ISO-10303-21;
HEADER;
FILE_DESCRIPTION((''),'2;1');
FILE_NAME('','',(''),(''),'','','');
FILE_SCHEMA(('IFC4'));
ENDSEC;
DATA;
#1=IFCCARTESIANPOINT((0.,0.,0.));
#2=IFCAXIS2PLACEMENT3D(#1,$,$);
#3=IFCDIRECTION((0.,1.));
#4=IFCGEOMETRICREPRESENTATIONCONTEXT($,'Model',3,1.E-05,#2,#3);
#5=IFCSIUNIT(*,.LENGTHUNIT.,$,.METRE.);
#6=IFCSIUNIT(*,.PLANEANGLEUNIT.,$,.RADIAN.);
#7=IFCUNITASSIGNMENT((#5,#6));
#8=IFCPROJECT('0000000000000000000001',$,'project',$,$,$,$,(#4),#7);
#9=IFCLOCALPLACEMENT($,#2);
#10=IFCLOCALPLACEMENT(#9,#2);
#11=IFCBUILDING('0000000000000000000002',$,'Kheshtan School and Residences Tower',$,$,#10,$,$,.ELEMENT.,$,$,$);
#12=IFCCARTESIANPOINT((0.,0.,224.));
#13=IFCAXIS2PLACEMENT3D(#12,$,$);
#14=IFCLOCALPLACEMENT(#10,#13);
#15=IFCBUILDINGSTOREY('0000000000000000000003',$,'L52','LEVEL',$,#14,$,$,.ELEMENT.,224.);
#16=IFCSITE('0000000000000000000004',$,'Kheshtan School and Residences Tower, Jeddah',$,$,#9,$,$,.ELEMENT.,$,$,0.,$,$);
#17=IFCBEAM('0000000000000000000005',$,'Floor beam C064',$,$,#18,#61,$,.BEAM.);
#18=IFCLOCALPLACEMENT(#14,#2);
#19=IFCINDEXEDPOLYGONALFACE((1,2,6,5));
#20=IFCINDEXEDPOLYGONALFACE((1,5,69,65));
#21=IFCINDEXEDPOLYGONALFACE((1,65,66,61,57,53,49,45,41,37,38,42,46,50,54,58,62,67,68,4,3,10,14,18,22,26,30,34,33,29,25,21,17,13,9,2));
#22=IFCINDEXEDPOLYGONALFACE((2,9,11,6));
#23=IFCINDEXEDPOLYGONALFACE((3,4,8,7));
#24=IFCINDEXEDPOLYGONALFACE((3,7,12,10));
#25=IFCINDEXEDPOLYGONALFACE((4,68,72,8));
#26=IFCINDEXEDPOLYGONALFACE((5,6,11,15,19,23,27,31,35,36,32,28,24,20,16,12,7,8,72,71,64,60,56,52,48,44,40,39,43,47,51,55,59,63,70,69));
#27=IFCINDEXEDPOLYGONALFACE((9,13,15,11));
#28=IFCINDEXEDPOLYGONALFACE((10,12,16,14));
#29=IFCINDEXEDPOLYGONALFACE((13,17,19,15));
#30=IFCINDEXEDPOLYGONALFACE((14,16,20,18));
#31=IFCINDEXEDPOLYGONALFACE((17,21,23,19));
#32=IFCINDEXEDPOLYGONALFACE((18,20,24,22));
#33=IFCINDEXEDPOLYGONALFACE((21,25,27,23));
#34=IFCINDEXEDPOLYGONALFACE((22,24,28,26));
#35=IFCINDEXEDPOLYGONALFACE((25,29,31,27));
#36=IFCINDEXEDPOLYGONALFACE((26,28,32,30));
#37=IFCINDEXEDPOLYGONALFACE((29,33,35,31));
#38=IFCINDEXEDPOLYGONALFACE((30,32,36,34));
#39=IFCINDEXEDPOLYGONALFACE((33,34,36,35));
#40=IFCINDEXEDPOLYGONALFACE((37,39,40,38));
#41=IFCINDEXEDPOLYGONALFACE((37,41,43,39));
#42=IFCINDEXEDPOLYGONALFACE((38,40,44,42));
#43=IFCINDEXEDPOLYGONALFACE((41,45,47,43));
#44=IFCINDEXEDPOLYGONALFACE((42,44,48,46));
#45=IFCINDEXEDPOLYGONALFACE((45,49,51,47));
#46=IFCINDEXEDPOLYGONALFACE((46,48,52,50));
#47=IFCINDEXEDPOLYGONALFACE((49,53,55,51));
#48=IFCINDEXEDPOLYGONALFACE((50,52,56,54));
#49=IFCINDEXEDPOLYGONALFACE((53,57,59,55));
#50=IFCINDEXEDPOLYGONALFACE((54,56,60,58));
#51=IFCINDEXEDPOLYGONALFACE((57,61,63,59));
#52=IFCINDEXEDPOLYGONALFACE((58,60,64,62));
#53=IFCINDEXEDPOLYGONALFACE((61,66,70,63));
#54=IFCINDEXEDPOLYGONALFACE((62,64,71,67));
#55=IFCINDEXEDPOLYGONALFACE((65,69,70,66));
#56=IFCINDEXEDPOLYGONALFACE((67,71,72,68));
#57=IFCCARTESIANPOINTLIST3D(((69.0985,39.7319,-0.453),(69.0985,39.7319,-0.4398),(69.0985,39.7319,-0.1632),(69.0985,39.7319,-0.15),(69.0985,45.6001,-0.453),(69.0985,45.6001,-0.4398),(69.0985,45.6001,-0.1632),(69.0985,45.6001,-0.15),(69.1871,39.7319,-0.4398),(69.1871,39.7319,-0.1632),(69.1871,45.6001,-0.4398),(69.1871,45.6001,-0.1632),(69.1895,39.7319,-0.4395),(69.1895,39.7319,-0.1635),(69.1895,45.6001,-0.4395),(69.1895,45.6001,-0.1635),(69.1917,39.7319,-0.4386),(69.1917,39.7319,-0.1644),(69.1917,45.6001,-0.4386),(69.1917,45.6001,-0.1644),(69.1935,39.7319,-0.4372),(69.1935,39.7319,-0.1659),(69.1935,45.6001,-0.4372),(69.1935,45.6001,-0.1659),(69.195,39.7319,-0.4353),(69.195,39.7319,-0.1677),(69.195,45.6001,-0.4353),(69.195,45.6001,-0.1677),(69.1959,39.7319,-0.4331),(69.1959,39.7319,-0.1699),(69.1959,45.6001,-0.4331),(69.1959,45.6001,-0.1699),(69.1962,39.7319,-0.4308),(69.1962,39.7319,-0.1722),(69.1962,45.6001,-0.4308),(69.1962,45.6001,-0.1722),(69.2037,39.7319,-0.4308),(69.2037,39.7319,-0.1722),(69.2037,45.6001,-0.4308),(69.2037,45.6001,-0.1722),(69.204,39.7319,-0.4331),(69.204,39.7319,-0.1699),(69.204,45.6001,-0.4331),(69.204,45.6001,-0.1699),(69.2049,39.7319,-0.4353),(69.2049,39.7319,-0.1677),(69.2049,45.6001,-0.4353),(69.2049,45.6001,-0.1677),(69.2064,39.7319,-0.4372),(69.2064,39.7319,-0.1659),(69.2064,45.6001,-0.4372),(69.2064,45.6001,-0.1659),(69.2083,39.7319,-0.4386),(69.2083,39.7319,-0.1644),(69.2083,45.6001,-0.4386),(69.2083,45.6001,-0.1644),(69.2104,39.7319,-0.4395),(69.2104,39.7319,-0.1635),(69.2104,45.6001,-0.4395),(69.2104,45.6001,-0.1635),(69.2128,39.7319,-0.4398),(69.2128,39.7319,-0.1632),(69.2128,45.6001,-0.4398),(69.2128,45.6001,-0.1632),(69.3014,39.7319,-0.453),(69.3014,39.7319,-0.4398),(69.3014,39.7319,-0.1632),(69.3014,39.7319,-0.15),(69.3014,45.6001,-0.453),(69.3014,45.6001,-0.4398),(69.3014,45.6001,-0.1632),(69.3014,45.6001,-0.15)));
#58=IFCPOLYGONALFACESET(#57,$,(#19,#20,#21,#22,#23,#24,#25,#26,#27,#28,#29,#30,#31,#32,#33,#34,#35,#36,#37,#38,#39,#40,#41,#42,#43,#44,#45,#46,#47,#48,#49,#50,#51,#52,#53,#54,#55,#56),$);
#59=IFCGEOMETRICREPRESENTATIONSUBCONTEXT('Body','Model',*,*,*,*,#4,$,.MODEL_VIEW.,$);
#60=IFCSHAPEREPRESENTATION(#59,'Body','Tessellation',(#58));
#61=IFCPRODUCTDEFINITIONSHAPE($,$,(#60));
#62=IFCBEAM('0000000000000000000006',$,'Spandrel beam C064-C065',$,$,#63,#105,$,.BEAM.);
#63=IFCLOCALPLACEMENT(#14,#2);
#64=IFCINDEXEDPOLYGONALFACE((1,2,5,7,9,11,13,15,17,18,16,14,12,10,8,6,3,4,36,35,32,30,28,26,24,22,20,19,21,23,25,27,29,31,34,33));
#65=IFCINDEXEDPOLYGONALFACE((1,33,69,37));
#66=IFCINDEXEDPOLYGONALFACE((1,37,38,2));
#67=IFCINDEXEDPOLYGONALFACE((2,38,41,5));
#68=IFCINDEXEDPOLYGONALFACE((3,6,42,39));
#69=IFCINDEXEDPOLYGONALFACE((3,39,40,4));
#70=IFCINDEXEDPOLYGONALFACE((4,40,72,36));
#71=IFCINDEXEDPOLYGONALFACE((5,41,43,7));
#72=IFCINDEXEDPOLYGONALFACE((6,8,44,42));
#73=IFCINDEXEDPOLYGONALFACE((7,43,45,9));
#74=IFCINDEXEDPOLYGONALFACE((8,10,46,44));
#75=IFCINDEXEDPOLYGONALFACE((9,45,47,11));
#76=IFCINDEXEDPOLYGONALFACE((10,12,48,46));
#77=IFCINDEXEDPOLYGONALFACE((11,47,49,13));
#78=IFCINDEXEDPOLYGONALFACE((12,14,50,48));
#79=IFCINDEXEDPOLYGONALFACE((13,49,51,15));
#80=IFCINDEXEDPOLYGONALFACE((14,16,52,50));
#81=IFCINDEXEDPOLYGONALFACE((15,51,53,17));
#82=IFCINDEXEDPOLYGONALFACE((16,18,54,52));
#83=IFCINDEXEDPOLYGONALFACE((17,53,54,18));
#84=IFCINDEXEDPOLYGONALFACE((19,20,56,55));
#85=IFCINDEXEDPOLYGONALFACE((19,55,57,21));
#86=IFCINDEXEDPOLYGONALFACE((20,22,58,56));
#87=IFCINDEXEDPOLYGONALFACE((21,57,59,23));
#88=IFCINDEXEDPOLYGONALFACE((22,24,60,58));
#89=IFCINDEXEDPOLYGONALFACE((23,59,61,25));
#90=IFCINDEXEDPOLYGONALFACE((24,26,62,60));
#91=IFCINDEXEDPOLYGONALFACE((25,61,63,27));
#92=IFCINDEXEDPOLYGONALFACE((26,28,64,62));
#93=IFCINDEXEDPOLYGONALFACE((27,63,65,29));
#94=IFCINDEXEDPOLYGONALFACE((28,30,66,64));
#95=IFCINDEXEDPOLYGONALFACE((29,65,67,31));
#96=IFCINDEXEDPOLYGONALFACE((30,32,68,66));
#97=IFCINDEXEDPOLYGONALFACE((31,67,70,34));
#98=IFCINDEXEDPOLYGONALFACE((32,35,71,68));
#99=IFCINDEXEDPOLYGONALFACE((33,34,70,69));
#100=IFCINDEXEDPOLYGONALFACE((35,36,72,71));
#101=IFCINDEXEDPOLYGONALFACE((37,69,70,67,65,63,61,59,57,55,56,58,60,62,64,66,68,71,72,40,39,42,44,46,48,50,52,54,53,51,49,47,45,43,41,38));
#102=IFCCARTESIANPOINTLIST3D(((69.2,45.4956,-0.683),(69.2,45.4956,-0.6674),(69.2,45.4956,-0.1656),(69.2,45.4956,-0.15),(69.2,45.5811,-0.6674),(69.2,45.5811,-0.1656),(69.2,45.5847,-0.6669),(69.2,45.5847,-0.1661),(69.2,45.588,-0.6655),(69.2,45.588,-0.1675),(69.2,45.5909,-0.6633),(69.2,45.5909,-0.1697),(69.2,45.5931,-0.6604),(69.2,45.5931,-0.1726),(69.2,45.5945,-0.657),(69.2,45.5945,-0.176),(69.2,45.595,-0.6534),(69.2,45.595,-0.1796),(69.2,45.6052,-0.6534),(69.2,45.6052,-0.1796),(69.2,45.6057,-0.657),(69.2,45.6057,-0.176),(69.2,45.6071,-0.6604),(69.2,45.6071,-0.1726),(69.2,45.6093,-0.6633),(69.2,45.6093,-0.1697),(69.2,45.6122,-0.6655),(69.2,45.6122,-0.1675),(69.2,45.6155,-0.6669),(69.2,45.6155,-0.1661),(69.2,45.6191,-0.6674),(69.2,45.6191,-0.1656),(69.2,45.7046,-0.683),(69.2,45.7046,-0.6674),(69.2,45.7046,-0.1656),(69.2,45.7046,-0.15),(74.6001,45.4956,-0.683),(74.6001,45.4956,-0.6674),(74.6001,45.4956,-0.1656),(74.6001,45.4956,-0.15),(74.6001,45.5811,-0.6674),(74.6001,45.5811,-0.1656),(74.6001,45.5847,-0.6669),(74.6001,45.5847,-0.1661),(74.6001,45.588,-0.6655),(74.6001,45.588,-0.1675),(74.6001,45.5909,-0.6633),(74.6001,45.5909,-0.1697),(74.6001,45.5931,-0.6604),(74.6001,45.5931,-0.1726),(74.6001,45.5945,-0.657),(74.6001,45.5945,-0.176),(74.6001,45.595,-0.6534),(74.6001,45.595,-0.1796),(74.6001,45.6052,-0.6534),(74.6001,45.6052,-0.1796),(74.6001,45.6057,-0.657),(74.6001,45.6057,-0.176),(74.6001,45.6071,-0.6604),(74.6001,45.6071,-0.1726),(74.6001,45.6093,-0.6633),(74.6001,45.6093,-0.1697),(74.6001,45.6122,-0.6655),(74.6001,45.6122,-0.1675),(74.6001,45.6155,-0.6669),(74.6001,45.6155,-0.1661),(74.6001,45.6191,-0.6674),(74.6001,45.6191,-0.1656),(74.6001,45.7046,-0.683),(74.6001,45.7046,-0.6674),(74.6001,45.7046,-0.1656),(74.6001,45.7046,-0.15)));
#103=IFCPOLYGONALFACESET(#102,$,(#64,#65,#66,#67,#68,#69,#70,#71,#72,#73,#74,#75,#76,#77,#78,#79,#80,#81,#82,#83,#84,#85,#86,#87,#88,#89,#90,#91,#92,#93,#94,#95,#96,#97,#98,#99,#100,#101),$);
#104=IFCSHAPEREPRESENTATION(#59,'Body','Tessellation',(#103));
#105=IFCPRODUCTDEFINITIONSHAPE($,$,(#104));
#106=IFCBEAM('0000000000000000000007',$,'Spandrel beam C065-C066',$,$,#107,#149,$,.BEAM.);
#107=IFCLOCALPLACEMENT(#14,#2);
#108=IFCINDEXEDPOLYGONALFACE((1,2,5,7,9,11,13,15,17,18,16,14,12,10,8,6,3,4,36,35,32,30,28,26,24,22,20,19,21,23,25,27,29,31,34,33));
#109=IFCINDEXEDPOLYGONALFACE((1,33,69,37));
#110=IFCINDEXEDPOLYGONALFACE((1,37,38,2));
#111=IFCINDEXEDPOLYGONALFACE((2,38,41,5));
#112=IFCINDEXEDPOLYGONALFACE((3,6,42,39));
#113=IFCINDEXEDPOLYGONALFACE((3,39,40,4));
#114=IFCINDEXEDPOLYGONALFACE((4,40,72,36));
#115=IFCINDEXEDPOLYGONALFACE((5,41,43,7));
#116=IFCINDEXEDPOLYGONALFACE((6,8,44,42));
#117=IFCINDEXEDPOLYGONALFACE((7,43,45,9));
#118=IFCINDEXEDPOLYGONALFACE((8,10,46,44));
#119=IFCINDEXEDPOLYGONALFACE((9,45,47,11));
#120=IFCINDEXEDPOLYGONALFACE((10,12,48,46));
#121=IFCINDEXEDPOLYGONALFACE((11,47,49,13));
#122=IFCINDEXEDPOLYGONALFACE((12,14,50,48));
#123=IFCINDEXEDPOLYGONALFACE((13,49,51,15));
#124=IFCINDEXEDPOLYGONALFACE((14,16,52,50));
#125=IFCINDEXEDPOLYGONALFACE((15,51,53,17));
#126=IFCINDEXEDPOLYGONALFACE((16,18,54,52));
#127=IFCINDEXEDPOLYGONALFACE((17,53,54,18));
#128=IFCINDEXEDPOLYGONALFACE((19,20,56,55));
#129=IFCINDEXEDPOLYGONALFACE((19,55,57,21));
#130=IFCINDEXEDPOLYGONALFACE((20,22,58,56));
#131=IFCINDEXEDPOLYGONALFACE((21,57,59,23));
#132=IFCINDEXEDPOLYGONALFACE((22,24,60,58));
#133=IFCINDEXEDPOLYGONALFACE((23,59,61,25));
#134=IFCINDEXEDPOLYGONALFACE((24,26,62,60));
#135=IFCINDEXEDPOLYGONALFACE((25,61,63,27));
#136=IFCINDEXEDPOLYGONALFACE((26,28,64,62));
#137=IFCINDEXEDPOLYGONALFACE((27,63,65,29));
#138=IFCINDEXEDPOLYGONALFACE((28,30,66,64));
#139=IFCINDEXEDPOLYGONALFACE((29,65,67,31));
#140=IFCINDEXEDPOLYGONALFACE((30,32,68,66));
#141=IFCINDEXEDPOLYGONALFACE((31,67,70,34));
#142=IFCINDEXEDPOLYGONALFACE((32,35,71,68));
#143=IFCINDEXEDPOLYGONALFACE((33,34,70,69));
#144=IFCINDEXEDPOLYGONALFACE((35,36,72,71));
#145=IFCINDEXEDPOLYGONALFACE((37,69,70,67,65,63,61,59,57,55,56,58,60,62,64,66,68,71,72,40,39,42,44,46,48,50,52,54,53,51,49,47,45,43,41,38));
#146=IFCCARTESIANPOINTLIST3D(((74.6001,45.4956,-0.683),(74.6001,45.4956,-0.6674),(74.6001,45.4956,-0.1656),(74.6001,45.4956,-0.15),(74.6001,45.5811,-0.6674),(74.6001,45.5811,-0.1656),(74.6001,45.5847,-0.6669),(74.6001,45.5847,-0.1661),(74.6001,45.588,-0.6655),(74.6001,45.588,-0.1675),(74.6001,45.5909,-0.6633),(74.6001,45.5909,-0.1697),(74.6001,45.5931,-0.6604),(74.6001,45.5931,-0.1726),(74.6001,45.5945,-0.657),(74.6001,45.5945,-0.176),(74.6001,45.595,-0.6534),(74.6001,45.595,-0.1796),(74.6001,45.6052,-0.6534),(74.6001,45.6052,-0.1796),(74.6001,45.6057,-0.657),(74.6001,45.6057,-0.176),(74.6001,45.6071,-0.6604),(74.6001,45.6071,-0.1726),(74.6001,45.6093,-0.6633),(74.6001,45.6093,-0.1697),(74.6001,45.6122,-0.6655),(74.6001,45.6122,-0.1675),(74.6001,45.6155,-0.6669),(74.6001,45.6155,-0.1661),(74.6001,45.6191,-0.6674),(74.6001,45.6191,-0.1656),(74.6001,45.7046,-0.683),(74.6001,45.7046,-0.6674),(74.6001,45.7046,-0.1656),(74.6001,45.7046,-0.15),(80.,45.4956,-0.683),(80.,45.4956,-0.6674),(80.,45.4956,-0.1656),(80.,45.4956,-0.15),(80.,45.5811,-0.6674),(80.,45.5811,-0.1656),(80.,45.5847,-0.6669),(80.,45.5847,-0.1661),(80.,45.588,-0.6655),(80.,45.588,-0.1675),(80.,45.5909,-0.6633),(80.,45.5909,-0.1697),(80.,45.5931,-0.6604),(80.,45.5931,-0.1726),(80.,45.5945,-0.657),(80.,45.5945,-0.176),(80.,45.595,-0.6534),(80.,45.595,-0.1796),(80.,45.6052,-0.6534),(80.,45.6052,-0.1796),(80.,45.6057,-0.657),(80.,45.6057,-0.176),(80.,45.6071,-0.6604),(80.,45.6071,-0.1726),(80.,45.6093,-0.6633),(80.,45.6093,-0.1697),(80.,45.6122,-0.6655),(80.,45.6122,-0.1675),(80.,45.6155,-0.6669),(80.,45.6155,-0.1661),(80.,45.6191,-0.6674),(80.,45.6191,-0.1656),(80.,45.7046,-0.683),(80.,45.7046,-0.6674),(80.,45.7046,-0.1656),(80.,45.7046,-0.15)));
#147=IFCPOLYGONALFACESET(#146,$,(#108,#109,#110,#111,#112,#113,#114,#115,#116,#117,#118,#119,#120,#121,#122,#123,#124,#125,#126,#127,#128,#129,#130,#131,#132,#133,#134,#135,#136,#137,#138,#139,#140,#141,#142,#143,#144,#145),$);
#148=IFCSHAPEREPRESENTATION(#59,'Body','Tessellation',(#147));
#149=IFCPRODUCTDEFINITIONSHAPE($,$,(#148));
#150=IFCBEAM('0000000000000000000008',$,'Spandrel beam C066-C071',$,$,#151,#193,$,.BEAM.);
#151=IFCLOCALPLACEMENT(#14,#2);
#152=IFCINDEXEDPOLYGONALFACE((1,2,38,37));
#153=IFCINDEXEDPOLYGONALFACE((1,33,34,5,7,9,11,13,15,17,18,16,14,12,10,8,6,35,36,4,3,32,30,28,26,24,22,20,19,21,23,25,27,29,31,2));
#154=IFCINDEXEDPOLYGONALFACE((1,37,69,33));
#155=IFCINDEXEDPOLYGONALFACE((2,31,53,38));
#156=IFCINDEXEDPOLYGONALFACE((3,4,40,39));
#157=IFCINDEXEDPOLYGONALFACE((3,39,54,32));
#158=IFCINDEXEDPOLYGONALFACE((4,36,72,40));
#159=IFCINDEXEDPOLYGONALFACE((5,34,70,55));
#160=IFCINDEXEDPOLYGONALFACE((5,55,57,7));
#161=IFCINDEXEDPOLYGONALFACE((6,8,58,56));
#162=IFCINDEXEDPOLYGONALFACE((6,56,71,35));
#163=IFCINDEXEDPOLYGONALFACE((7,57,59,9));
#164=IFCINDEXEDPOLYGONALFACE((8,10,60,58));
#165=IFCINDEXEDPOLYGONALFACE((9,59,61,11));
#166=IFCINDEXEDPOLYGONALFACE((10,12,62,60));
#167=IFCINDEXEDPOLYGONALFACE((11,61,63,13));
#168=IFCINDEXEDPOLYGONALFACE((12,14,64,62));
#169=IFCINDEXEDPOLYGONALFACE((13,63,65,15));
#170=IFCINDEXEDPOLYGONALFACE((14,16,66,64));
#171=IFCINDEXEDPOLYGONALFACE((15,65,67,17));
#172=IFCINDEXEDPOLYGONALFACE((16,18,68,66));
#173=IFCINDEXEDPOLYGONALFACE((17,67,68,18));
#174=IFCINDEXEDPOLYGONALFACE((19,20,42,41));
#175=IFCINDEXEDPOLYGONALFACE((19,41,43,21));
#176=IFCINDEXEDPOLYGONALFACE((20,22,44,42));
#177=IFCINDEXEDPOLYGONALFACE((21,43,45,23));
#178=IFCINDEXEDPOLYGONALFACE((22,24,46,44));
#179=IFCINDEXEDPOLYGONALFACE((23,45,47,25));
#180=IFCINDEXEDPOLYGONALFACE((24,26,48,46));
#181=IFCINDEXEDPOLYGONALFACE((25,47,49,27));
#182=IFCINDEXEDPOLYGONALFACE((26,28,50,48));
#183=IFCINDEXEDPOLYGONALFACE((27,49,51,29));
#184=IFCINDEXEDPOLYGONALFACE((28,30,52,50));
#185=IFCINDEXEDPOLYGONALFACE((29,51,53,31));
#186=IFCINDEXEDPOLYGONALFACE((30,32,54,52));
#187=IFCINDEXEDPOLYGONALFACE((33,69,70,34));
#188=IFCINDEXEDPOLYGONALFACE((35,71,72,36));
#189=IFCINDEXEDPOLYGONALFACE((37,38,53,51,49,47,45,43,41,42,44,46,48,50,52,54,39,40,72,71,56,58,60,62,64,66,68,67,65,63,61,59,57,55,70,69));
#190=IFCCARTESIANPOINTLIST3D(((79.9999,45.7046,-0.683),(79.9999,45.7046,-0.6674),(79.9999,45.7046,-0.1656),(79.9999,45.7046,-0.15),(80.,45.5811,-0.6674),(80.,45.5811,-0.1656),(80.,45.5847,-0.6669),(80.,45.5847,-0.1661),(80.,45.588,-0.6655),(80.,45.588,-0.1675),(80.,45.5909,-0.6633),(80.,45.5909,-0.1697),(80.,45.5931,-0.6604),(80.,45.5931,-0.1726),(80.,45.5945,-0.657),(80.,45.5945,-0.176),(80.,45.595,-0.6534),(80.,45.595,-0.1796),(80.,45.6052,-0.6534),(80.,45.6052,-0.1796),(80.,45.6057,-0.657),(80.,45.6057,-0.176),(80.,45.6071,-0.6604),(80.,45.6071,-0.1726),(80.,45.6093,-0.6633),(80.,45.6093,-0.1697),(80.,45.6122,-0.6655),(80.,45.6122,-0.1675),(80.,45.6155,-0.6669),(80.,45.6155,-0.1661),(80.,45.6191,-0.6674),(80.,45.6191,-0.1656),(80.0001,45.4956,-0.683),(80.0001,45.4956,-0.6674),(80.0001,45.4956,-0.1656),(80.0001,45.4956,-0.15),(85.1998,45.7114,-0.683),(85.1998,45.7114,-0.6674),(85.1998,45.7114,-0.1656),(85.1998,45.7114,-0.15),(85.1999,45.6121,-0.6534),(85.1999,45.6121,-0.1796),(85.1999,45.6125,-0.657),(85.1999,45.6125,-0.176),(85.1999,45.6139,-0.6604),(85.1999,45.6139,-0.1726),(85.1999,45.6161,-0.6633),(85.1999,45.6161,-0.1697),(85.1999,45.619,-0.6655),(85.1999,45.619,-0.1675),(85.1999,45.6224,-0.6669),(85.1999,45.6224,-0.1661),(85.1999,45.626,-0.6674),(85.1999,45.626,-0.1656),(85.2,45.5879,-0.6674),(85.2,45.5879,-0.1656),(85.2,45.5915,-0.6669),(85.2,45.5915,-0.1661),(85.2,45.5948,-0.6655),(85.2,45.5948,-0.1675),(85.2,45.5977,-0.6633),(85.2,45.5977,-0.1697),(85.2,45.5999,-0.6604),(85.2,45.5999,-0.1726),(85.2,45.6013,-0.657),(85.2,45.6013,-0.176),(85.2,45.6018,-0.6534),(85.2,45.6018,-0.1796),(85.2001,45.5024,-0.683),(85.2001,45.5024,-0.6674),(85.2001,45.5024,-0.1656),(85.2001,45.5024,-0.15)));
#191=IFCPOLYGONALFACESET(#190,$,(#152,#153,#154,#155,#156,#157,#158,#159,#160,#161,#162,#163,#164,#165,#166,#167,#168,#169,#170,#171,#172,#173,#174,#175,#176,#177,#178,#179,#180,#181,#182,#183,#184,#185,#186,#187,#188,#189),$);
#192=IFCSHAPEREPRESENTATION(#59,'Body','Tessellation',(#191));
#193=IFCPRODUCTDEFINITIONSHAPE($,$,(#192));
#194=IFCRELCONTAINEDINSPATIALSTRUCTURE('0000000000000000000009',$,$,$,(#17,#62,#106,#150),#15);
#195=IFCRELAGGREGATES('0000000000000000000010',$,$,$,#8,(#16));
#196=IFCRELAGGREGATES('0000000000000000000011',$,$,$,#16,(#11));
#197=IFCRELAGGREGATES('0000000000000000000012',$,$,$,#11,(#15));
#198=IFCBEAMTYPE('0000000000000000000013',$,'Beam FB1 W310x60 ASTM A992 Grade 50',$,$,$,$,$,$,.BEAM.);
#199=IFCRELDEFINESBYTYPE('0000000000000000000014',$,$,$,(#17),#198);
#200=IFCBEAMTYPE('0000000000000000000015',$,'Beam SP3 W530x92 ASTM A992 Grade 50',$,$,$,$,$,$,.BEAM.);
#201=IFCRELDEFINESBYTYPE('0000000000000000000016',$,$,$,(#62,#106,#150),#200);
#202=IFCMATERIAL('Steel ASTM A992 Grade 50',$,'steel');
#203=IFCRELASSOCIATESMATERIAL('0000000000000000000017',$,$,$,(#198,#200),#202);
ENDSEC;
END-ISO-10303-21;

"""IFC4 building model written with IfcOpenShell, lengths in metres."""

from ifc_helpers import new_model, si_unit, direction, frame, origin, origin_2d, place, context, subcontext, project, spatial, i_section, extrude, material, material_profile, profile_set, type_object, element, save


model = new_model("IFC4")

# Units and contexts
model_context = context("Model", 3, precision=1e-05, world=origin(), true_north=direction((0.0, 1.0)))
body_context = subcontext(model_context, "Body", "Model", "MODEL_VIEW")
ifc_project = project(units=[si_unit("LENGTHUNIT", "METRE"), si_unit("PLANEANGLEUNIT", "RADIAN")], contexts=[model_context])

# Site, building, storey
site_placement = place(None, origin())
site = spatial("IfcSite", under=ifc_project, at=site_placement, Name="Kheshtan School and Residences Tower, Jeddah", CompositionType="ELEMENT", RefElevation=0.0)
building_placement = place(site_placement, origin())
building = spatial("IfcBuilding", under=site, at=building_placement, Name="Kheshtan School and Residences Tower", CompositionType="ELEMENT")
storey_placement = place(building_placement, frame((0.0, 0.0, 224.0)))
storey = spatial("IfcBuildingStorey", under=building, at=storey_placement, Name="L52", Description="LEVEL", CompositionType="ELEMENT", Elevation=224.0)

# Shared definitions
ifc_material_1 = material(Name="Steel ASTM A992 Grade 50", Category="steel")

# Beams
ifc_material_profile_1 = material_profile(ifc_material_1, i_section(OverallWidth=0.2029, OverallDepth=0.303, WebThickness=0.0076, FlangeThickness=0.0132, FilletRadius=0.009, at=origin_2d()), Name="W310x60")
ifc_profile_set_1 = profile_set([ifc_material_profile_1], Name="Steel ASTM A992 Grade 50")
beam_type_1 = type_object("IfcBeamType", Name="Beam FB1 W310x60 ASTM A992 Grade 50", PredefinedType="BEAM", material=ifc_profile_set_1)
beam_1_placement = place(storey_placement, frame((69.2, 45.6001, -0.3015), z_axis=(0.0, -1.0, 0.0), x_axis=(1.0, 0.0, 0.0)))
element("IfcBeam", 1, at=beam_1_placement, inside=storey, type_object=beam_type_1, Name="Floor beam C064", PredefinedType="BEAM", context=body_context, shape_type="SweptSolid", body=[
    extrude(i_section(OverallWidth=0.2029, OverallDepth=0.303, WebThickness=0.0076, FlangeThickness=0.0132, FilletRadius=0.009, at=origin_2d()), origin(), (0.0, 0.0, 1.0), 5.8682),
])
ifc_material_profile_2 = material_profile(ifc_material_1, i_section(OverallWidth=0.209, OverallDepth=0.533, WebThickness=0.0103, FlangeThickness=0.0156, FilletRadius=0.0139, at=origin_2d()), Name="W530x92")
ifc_profile_set_2 = profile_set([ifc_material_profile_2], Name="Steel ASTM A992 Grade 50")
beam_type_2 = type_object("IfcBeamType", Name="Beam SP3 W530x92 ASTM A992 Grade 50", PredefinedType="BEAM", material=ifc_profile_set_2)
beam_2_placement = place(storey_placement, frame((69.2, 45.6001, -0.4165), z_axis=(1.0, 0.0, 0.0), x_axis=(0.0, 1.0, 0.0)))
element("IfcBeam", 2, at=beam_2_placement, inside=storey, type_object=beam_type_2, Name="Spandrel beam C064-C065", PredefinedType="BEAM", context=body_context, shape_type="SweptSolid", body=[
    extrude(i_section(OverallWidth=0.209, OverallDepth=0.533, WebThickness=0.0103, FlangeThickness=0.0156, FilletRadius=0.0139, at=origin_2d()), origin(), (0.0, 0.0, 1.0), 5.4001),
])
beam_3_placement = place(storey_placement, frame((74.6001, 45.6001, -0.4165), z_axis=(1.0, 0.0, 0.0), x_axis=(0.0, 1.0, 0.0)))
element("IfcBeam", 3, at=beam_3_placement, inside=storey, type_object=beam_type_2, Name="Spandrel beam C065-C066", PredefinedType="BEAM", context=body_context, shape_type="SweptSolid", body=[
    extrude(i_section(OverallWidth=0.209, OverallDepth=0.533, WebThickness=0.0103, FlangeThickness=0.0156, FilletRadius=0.0139, at=origin_2d()), origin(), (0.0, 0.0, 1.0), 5.3999),
])
beam_4_placement = place(storey_placement, frame((80.0, 45.6001, -0.4165), z_axis=(0.999999, 0.001315, 0.0), x_axis=(-0.001315, 0.999999, 0.0)))
element("IfcBeam", 4, at=beam_4_placement, inside=storey, type_object=beam_type_2, Name="Spandrel beam C066-C071", PredefinedType="BEAM", context=body_context, shape_type="SweptSolid", body=[
    extrude(i_section(OverallWidth=0.209, OverallDepth=0.533, WebThickness=0.0103, FlangeThickness=0.0156, FilletRadius=0.0139, at=origin_2d()), origin(), (0.0, 0.0, 1.0), 5.2),
])

save(model, "model.ifc")
